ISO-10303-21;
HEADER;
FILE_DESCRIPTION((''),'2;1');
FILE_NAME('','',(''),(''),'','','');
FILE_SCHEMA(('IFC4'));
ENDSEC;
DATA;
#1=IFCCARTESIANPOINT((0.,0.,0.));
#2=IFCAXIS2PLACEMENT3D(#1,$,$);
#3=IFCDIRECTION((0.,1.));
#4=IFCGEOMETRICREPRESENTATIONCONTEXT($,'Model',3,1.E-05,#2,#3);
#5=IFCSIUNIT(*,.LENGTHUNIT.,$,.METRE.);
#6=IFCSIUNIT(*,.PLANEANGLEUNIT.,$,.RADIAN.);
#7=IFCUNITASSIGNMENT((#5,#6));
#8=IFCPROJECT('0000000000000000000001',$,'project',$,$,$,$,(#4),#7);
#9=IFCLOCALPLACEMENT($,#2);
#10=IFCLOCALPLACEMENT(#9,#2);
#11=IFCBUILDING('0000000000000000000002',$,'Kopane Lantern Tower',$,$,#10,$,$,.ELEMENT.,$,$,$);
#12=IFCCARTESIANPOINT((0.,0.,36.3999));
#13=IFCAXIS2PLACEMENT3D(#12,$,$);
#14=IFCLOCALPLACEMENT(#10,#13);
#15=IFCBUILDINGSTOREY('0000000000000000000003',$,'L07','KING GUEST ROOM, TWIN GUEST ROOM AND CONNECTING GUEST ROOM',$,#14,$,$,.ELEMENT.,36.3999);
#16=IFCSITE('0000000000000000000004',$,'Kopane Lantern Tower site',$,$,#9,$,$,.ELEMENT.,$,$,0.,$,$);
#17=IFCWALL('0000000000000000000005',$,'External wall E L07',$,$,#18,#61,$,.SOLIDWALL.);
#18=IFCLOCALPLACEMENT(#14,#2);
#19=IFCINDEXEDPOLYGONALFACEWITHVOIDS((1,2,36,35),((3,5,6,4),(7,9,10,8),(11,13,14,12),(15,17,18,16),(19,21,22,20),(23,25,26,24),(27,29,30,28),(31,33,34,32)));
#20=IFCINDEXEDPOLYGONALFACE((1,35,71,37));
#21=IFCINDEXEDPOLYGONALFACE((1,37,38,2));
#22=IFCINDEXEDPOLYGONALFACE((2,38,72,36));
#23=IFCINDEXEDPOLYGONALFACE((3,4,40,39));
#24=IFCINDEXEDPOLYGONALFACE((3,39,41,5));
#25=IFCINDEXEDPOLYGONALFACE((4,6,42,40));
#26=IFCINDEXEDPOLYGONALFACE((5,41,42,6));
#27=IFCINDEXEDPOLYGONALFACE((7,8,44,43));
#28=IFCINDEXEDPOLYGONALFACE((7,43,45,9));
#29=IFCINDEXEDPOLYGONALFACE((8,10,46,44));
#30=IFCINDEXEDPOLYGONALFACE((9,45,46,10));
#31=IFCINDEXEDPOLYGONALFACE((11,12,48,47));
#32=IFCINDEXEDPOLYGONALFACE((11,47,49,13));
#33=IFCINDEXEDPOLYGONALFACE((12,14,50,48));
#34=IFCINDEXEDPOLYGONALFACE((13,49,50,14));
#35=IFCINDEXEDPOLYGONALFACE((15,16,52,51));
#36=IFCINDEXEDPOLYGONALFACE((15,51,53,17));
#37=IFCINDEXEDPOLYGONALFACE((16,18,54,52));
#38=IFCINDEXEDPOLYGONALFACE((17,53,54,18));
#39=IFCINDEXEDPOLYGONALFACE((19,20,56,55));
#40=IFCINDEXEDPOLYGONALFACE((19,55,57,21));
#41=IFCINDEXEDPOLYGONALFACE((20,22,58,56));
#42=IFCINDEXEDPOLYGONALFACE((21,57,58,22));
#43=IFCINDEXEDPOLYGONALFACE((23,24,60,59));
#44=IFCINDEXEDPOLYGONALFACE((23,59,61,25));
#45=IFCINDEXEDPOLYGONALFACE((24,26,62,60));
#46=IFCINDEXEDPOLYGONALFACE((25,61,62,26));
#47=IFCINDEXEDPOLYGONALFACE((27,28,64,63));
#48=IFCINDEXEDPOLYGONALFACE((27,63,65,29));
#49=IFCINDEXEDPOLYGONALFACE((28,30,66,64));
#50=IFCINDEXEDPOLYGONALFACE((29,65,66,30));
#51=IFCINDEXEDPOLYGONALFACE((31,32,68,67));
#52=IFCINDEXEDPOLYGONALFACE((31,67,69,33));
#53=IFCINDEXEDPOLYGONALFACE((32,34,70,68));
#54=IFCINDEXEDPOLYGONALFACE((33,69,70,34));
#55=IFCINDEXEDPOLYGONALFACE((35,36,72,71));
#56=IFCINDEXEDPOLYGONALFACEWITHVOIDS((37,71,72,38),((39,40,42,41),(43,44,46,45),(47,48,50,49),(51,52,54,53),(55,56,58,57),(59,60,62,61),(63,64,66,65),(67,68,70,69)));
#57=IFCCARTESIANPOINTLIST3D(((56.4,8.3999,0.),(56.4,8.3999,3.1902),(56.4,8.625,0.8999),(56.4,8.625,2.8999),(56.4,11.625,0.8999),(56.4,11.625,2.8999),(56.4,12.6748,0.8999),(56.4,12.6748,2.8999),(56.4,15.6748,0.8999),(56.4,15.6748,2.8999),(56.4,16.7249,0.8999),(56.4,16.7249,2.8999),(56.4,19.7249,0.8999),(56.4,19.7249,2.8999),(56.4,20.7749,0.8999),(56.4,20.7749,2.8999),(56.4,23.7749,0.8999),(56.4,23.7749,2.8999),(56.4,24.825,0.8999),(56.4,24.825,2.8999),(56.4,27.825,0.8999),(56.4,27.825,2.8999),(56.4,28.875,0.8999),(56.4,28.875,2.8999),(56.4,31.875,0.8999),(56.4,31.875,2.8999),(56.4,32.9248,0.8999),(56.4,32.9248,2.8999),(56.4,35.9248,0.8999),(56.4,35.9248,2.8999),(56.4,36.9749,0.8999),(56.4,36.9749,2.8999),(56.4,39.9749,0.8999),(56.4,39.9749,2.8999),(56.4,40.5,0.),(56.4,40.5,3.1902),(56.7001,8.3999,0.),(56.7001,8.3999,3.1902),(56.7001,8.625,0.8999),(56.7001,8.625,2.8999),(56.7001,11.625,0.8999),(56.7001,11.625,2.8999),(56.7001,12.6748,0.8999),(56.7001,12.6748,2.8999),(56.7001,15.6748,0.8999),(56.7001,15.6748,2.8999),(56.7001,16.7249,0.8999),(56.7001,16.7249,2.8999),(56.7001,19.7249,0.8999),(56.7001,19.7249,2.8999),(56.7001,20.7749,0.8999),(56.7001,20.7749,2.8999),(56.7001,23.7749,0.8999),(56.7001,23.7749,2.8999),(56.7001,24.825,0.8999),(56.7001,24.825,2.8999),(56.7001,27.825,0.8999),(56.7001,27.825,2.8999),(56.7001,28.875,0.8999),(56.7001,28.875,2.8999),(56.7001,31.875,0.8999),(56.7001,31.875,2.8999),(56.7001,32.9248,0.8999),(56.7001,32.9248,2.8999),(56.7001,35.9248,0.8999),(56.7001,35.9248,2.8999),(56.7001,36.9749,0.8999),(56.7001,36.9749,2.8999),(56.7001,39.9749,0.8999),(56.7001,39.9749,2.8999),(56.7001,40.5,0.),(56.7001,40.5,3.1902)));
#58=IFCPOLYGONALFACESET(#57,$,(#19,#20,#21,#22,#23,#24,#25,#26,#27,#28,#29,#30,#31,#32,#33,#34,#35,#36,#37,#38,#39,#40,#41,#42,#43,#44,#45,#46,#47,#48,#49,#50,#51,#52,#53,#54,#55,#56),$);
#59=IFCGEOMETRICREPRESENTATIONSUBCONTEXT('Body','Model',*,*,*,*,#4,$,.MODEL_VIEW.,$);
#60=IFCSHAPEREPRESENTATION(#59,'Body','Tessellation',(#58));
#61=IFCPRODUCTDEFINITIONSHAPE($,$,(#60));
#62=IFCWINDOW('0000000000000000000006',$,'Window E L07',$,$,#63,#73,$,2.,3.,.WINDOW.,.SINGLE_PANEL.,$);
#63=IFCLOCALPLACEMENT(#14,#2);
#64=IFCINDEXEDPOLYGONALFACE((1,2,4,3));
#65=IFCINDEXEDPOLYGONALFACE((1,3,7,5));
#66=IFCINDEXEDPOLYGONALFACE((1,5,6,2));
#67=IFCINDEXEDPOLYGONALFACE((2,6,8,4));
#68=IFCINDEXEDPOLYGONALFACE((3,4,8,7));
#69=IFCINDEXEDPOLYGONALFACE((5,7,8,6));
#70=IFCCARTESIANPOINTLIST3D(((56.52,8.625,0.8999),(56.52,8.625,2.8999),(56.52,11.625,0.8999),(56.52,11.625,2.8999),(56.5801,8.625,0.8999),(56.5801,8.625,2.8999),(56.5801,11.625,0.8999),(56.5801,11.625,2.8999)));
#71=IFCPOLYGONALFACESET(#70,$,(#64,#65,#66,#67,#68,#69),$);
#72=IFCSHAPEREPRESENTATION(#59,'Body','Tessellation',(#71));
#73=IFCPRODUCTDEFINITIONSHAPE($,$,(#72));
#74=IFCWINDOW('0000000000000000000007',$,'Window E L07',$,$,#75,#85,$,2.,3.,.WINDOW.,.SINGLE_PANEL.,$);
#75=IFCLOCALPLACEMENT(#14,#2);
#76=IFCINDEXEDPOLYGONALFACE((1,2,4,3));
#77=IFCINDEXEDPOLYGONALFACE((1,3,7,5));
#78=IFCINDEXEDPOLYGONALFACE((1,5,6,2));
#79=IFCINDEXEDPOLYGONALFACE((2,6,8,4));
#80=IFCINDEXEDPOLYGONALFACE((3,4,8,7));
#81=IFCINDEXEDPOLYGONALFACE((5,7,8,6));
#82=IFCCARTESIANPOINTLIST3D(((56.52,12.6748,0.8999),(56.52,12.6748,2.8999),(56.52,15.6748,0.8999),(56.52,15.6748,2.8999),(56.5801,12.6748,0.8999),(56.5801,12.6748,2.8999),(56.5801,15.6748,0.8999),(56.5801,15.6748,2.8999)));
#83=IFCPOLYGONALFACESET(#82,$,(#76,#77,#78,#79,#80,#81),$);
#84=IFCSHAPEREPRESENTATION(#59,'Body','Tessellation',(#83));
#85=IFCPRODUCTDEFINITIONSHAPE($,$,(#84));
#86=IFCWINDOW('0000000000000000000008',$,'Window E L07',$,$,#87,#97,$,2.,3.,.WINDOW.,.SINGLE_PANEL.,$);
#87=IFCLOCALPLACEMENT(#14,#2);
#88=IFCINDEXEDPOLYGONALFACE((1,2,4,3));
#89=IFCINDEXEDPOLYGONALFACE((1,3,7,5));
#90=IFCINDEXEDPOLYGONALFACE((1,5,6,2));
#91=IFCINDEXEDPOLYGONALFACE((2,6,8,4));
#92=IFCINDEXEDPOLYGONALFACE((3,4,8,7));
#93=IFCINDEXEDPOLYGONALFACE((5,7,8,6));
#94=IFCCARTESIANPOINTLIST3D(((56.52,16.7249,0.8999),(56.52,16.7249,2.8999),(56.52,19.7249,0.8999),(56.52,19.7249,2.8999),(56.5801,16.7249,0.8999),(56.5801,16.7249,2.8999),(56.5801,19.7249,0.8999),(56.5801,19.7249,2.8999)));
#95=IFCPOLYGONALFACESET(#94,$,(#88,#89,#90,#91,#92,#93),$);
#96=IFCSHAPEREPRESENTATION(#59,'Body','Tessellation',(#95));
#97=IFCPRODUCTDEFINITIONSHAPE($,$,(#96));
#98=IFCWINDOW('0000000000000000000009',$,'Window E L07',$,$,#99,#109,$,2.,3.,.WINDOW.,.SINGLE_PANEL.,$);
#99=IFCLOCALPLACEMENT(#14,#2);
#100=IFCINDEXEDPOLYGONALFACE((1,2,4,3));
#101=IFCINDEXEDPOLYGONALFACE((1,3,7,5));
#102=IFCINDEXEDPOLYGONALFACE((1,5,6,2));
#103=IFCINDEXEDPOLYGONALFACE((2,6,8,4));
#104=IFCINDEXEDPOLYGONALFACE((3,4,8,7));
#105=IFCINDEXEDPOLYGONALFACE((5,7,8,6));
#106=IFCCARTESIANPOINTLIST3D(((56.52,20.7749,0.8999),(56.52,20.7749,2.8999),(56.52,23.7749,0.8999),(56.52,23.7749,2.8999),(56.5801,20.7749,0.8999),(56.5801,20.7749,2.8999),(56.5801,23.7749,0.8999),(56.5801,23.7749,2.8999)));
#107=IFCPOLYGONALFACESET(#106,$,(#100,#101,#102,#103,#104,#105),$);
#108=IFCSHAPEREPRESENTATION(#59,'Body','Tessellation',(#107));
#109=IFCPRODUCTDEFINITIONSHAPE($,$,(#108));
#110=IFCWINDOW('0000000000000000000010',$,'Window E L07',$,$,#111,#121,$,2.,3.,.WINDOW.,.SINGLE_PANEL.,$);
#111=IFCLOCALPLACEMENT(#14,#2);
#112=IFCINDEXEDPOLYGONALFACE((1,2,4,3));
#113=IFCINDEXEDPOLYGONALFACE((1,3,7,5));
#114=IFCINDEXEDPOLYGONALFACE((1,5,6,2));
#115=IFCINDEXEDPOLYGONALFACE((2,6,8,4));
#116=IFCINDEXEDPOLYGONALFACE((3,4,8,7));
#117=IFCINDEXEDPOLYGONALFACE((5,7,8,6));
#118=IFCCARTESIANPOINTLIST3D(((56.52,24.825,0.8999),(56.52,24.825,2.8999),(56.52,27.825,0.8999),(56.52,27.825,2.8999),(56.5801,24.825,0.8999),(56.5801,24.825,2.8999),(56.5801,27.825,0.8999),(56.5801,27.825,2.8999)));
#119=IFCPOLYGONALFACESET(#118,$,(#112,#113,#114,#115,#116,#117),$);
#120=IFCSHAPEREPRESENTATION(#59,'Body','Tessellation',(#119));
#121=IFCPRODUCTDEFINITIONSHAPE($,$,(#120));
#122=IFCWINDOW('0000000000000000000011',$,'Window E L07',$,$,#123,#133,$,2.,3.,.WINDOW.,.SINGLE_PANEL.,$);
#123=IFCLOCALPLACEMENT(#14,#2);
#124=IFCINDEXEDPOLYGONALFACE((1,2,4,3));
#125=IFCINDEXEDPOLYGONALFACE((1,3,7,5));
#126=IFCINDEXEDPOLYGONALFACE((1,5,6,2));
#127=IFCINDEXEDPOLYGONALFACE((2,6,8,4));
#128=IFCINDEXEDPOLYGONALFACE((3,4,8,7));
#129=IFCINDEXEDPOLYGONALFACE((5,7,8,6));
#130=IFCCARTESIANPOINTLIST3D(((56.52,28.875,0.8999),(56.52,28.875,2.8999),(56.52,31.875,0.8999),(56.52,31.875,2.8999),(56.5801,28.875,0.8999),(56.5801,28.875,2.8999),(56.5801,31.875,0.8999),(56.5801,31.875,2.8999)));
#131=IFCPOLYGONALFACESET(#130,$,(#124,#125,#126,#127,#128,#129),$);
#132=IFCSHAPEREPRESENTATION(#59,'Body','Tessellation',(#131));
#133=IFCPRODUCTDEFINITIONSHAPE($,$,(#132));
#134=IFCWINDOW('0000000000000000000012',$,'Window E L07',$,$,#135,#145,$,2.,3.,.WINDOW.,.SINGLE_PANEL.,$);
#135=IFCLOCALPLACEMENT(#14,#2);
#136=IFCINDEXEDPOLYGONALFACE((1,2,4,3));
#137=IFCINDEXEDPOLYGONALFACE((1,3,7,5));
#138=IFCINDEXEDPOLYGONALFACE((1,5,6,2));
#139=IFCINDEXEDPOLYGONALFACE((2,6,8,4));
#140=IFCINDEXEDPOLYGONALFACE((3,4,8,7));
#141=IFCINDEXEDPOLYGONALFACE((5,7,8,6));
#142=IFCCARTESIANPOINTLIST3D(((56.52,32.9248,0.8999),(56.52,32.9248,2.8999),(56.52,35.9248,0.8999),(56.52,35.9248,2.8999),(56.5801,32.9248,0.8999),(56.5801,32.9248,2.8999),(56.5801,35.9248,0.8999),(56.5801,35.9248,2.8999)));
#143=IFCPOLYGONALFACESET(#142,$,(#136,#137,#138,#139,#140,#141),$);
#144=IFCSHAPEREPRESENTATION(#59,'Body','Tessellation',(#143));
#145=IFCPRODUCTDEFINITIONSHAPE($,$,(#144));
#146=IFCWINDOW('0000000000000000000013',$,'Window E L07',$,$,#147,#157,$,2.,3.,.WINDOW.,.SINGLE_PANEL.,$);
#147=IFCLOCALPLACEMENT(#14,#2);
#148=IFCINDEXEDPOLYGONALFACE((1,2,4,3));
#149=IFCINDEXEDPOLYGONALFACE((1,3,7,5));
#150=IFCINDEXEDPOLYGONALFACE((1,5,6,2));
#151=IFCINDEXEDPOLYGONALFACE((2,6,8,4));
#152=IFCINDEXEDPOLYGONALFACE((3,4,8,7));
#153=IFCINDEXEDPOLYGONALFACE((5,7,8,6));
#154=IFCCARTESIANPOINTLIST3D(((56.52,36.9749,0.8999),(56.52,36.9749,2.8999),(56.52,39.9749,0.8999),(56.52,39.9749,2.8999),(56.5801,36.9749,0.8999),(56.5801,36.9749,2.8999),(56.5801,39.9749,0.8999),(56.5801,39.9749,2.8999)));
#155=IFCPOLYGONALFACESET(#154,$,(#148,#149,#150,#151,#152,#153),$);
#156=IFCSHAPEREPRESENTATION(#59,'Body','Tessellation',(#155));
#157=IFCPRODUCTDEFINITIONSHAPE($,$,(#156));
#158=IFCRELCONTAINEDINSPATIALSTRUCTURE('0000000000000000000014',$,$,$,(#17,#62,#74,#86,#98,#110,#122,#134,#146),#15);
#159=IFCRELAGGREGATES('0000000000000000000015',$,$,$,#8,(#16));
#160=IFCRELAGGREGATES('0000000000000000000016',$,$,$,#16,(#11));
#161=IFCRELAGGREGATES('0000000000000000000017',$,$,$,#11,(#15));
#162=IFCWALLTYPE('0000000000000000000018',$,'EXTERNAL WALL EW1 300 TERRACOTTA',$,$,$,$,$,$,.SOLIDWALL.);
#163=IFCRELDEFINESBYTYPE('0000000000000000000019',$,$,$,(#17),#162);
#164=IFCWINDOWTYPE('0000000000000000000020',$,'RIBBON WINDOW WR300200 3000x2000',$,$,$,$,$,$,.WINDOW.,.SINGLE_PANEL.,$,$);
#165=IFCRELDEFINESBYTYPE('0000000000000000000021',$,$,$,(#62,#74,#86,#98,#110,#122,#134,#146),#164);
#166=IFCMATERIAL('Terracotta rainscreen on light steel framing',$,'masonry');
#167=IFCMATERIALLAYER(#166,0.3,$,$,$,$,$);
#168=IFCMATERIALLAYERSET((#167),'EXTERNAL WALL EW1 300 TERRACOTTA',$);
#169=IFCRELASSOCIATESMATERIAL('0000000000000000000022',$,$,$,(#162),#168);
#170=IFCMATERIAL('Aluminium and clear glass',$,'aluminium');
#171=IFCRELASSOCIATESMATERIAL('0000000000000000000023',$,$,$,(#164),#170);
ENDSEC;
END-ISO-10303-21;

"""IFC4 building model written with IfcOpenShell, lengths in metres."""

from ifc_helpers import new_model, si_unit, direction, frame, frame_2d, origin, place, context, subcontext, project, spatial, rectangle, extrude, material, layer, layer_set, type_object, element, fill, save


model = new_model("IFC4")

# Units and contexts
model_context = context("Model", 3, precision=1e-05, world=origin(), true_north=direction((0.0, 1.0)))
body_context = subcontext(model_context, "Body", "Model", "MODEL_VIEW")
ifc_project = project(units=[si_unit("LENGTHUNIT", "METRE"), si_unit("PLANEANGLEUNIT", "RADIAN")], contexts=[model_context])

# Site, building, storey
site_placement = place(None, origin())
site = spatial("IfcSite", under=ifc_project, at=site_placement, Name="Kopane Lantern Tower site", CompositionType="ELEMENT", RefElevation=0.0)
building_placement = place(site_placement, origin())
building = spatial("IfcBuilding", under=site, at=building_placement, Name="Kopane Lantern Tower", CompositionType="ELEMENT")
storey_placement = place(building_placement, frame((0.0, 0.0, 36.3999)))
storey = spatial("IfcBuildingStorey", under=building, at=storey_placement, Name="L07", Description="KING GUEST ROOM, TWIN GUEST ROOM AND CONNECTING GUEST ROOM", CompositionType="ELEMENT", Elevation=36.3999)

# Shared definitions
ifc_material_1 = material(Name="Terracotta rainscreen on light steel framing", Category="masonry")
ifc_layer = layer(ifc_material_1, 0.3)
ifc_layer_set = layer_set([ifc_layer], Name="EXTERNAL WALL EW1 300 TERRACOTTA")
wall_type = type_object("IfcWallType", Name="EXTERNAL WALL EW1 300 TERRACOTTA", PredefinedType="SOLIDWALL", material=ifc_layer_set)

# Wall, openings, windows
wall_1_placement = place(storey_placement, frame((56.55, 8.3999, 0.0), z_axis=(0.0, 0.0, 1.0), x_axis=(0.0, 1.0, 0.0)))
wall_1 = element("IfcWall", 1, at=wall_1_placement, inside=storey, type_object=wall_type, Name="External wall E L07", PredefinedType="SOLIDWALL", context=body_context, shape_type="SweptSolid", body=[
    extrude(rectangle(XDim=32.1001, YDim=0.3, at=frame_2d((16.05, 0.0))), origin(), (0.0, 0.0, 1.0), 3.1902),
])
opening_1_placement = place(wall_1_placement, frame((0.2251, 0.0, 0.8999)))
opening_1 = element("IfcOpeningElement", 2, at=opening_1_placement, cuts=wall_1, PredefinedType="OPENING", context=body_context, shape_type="SweptSolid", body=[
    extrude(rectangle(XDim=3.0, YDim=2.0, at=frame_2d((1.5, 1.0))), frame((0.0, 0.1599, 0.0), z_axis=(0.0, -1.0, 0.0), x_axis=(1.0, 0.0, 0.0)), (0.0, 0.0, 1.0), 0.3201),
])
opening_2_placement = place(wall_1_placement, frame((4.2749, 0.0, 0.8999)))
opening_2 = element("IfcOpeningElement", 3, at=opening_2_placement, cuts=wall_1, PredefinedType="OPENING", context=body_context, shape_type="SweptSolid", body=[
    extrude(rectangle(XDim=3.0, YDim=2.0, at=frame_2d((1.5, 1.0))), frame((0.0, 0.1599, 0.0), z_axis=(0.0, -1.0, 0.0), x_axis=(1.0, 0.0, 0.0)), (0.0, 0.0, 1.0), 0.3201),
])
opening_3_placement = place(wall_1_placement, frame((8.325, 0.0, 0.8999)))
opening_3 = element("IfcOpeningElement", 4, at=opening_3_placement, cuts=wall_1, PredefinedType="OPENING", context=body_context, shape_type="SweptSolid", body=[
    extrude(rectangle(XDim=3.0, YDim=2.0, at=frame_2d((1.5, 1.0))), frame((0.0, 0.1599, 0.0), z_axis=(0.0, -1.0, 0.0), x_axis=(1.0, 0.0, 0.0)), (0.0, 0.0, 1.0), 0.3201),
])
opening_4_placement = place(wall_1_placement, frame((12.375, 0.0, 0.8999)))
opening_4 = element("IfcOpeningElement", 5, at=opening_4_placement, cuts=wall_1, PredefinedType="OPENING", context=body_context, shape_type="SweptSolid", body=[
    extrude(rectangle(XDim=3.0, YDim=2.0, at=frame_2d((1.5, 1.0))), frame((0.0, 0.1599, 0.0), z_axis=(0.0, -1.0, 0.0), x_axis=(1.0, 0.0, 0.0)), (0.0, 0.0, 1.0), 0.3201),
])
opening_5_placement = place(wall_1_placement, frame((16.425, 0.0, 0.8999)))
opening_5 = element("IfcOpeningElement", 6, at=opening_5_placement, cuts=wall_1, PredefinedType="OPENING", context=body_context, shape_type="SweptSolid", body=[
    extrude(rectangle(XDim=3.0, YDim=2.0, at=frame_2d((1.5, 1.0))), frame((0.0, 0.1599, 0.0), z_axis=(0.0, -1.0, 0.0), x_axis=(1.0, 0.0, 0.0)), (0.0, 0.0, 1.0), 0.3201),
])
opening_6_placement = place(wall_1_placement, frame((20.4751, 0.0, 0.8999)))
opening_6 = element("IfcOpeningElement", 7, at=opening_6_placement, cuts=wall_1, PredefinedType="OPENING", context=body_context, shape_type="SweptSolid", body=[
    extrude(rectangle(XDim=3.0, YDim=2.0, at=frame_2d((1.5, 1.0))), frame((0.0, 0.1599, 0.0), z_axis=(0.0, -1.0, 0.0), x_axis=(1.0, 0.0, 0.0)), (0.0, 0.0, 1.0), 0.3201),
])
opening_7_placement = place(wall_1_placement, frame((24.5249, 0.0, 0.8999)))
opening_7 = element("IfcOpeningElement", 8, at=opening_7_placement, cuts=wall_1, PredefinedType="OPENING", context=body_context, shape_type="SweptSolid", body=[
    extrude(rectangle(XDim=3.0, YDim=2.0, at=frame_2d((1.5, 1.0))), frame((0.0, 0.1599, 0.0), z_axis=(0.0, -1.0, 0.0), x_axis=(1.0, 0.0, 0.0)), (0.0, 0.0, 1.0), 0.3201),
])
opening_8_placement = place(wall_1_placement, frame((28.575, 0.0, 0.8999)))
opening_8 = element("IfcOpeningElement", 9, at=opening_8_placement, cuts=wall_1, PredefinedType="OPENING", context=body_context, shape_type="SweptSolid", body=[
    extrude(rectangle(XDim=3.0, YDim=2.0, at=frame_2d((1.5, 1.0))), frame((0.0, 0.1599, 0.0), z_axis=(0.0, -1.0, 0.0), x_axis=(1.0, 0.0, 0.0)), (0.0, 0.0, 1.0), 0.3201),
])
ifc_material_2 = material(Name="Aluminium and clear glass", Category="aluminium")
window_type_1 = type_object("IfcWindowType", Name="RIBBON WINDOW WR300200 3000x2000", PartitioningType="SINGLE_PANEL", PredefinedType="WINDOW", material=ifc_material_2)
window_1_placement = place(opening_1_placement, origin())
window_1 = element("IfcWindow", 10, at=window_1_placement, inside=storey, type_object=window_type_1, Name="Window E L07", OverallHeight=2.0, OverallWidth=3.0, PartitioningType="SINGLE_PANEL", PredefinedType="WINDOW", context=body_context, shape_type="SweptSolid", body=[
    extrude(rectangle(XDim=3.0, YDim=2.0, at=frame_2d((1.5, 1.0))), frame((0.0, 0.03, 0.0), z_axis=(0.0, -1.0, 0.0), x_axis=(1.0, 0.0, 0.0)), (0.0, 0.0, 1.0), 0.0601),
])
fill(opening_1, window_1)
window_2_placement = place(opening_2_placement, origin())
window_2 = element("IfcWindow", 11, at=window_2_placement, inside=storey, type_object=window_type_1, Name="Window E L07", OverallHeight=2.0, OverallWidth=3.0, PartitioningType="SINGLE_PANEL", PredefinedType="WINDOW", context=body_context, shape_type="SweptSolid", body=[
    extrude(rectangle(XDim=3.0, YDim=2.0, at=frame_2d((1.5, 1.0))), frame((0.0, 0.03, 0.0), z_axis=(0.0, -1.0, 0.0), x_axis=(1.0, 0.0, 0.0)), (0.0, 0.0, 1.0), 0.0601),
])
fill(opening_2, window_2)
window_3_placement = place(opening_3_placement, origin())
window_3 = element("IfcWindow", 12, at=window_3_placement, inside=storey, type_object=window_type_1, Name="Window E L07", OverallHeight=2.0, OverallWidth=3.0, PartitioningType="SINGLE_PANEL", PredefinedType="WINDOW", context=body_context, shape_type="SweptSolid", body=[
    extrude(rectangle(XDim=3.0, YDim=2.0, at=frame_2d((1.5, 1.0))), frame((0.0, 0.03, 0.0), z_axis=(0.0, -1.0, 0.0), x_axis=(1.0, 0.0, 0.0)), (0.0, 0.0, 1.0), 0.0601),
])
fill(opening_3, window_3)
window_4_placement = place(opening_4_placement, origin())
window_4 = element("IfcWindow", 13, at=window_4_placement, inside=storey, type_object=window_type_1, Name="Window E L07", OverallHeight=2.0, OverallWidth=3.0, PartitioningType="SINGLE_PANEL", PredefinedType="WINDOW", context=body_context, shape_type="SweptSolid", body=[
    extrude(rectangle(XDim=3.0, YDim=2.0, at=frame_2d((1.5, 1.0))), frame((0.0, 0.03, 0.0), z_axis=(0.0, -1.0, 0.0), x_axis=(1.0, 0.0, 0.0)), (0.0, 0.0, 1.0), 0.0601),
])
fill(opening_4, window_4)
window_5_placement = place(opening_5_placement, origin())
window_5 = element("IfcWindow", 14, at=window_5_placement, inside=storey, type_object=window_type_1, Name="Window E L07", OverallHeight=2.0, OverallWidth=3.0, PartitioningType="SINGLE_PANEL", PredefinedType="WINDOW", context=body_context, shape_type="SweptSolid", body=[
    extrude(rectangle(XDim=3.0, YDim=2.0, at=frame_2d((1.5, 1.0))), frame((0.0, 0.03, 0.0), z_axis=(0.0, -1.0, 0.0), x_axis=(1.0, 0.0, 0.0)), (0.0, 0.0, 1.0), 0.0601),
])
fill(opening_5, window_5)
window_6_placement = place(opening_6_placement, origin())
window_6 = element("IfcWindow", 15, at=window_6_placement, inside=storey, type_object=window_type_1, Name="Window E L07", OverallHeight=2.0, OverallWidth=3.0, PartitioningType="SINGLE_PANEL", PredefinedType="WINDOW", context=body_context, shape_type="SweptSolid", body=[
    extrude(rectangle(XDim=3.0, YDim=2.0, at=frame_2d((1.5, 1.0))), frame((0.0, 0.03, 0.0), z_axis=(0.0, -1.0, 0.0), x_axis=(1.0, 0.0, 0.0)), (0.0, 0.0, 1.0), 0.0601),
])
fill(opening_6, window_6)
window_7_placement = place(opening_7_placement, origin())
window_7 = element("IfcWindow", 16, at=window_7_placement, inside=storey, type_object=window_type_1, Name="Window E L07", OverallHeight=2.0, OverallWidth=3.0, PartitioningType="SINGLE_PANEL", PredefinedType="WINDOW", context=body_context, shape_type="SweptSolid", body=[
    extrude(rectangle(XDim=3.0, YDim=2.0, at=frame_2d((1.5, 1.0))), frame((0.0, 0.03, 0.0), z_axis=(0.0, -1.0, 0.0), x_axis=(1.0, 0.0, 0.0)), (0.0, 0.0, 1.0), 0.0601),
])
fill(opening_7, window_7)
window_8_placement = place(opening_8_placement, origin())
window_8 = element("IfcWindow", 17, at=window_8_placement, inside=storey, type_object=window_type_1, Name="Window E L07", OverallHeight=2.0, OverallWidth=3.0, PartitioningType="SINGLE_PANEL", PredefinedType="WINDOW", context=body_context, shape_type="SweptSolid", body=[
    extrude(rectangle(XDim=3.0, YDim=2.0, at=frame_2d((1.5, 1.0))), frame((0.0, 0.03, 0.0), z_axis=(0.0, -1.0, 0.0), x_axis=(1.0, 0.0, 0.0)), (0.0, 0.0, 1.0), 0.0601),
])
fill(opening_8, window_8)

save(model, "model.ifc")
